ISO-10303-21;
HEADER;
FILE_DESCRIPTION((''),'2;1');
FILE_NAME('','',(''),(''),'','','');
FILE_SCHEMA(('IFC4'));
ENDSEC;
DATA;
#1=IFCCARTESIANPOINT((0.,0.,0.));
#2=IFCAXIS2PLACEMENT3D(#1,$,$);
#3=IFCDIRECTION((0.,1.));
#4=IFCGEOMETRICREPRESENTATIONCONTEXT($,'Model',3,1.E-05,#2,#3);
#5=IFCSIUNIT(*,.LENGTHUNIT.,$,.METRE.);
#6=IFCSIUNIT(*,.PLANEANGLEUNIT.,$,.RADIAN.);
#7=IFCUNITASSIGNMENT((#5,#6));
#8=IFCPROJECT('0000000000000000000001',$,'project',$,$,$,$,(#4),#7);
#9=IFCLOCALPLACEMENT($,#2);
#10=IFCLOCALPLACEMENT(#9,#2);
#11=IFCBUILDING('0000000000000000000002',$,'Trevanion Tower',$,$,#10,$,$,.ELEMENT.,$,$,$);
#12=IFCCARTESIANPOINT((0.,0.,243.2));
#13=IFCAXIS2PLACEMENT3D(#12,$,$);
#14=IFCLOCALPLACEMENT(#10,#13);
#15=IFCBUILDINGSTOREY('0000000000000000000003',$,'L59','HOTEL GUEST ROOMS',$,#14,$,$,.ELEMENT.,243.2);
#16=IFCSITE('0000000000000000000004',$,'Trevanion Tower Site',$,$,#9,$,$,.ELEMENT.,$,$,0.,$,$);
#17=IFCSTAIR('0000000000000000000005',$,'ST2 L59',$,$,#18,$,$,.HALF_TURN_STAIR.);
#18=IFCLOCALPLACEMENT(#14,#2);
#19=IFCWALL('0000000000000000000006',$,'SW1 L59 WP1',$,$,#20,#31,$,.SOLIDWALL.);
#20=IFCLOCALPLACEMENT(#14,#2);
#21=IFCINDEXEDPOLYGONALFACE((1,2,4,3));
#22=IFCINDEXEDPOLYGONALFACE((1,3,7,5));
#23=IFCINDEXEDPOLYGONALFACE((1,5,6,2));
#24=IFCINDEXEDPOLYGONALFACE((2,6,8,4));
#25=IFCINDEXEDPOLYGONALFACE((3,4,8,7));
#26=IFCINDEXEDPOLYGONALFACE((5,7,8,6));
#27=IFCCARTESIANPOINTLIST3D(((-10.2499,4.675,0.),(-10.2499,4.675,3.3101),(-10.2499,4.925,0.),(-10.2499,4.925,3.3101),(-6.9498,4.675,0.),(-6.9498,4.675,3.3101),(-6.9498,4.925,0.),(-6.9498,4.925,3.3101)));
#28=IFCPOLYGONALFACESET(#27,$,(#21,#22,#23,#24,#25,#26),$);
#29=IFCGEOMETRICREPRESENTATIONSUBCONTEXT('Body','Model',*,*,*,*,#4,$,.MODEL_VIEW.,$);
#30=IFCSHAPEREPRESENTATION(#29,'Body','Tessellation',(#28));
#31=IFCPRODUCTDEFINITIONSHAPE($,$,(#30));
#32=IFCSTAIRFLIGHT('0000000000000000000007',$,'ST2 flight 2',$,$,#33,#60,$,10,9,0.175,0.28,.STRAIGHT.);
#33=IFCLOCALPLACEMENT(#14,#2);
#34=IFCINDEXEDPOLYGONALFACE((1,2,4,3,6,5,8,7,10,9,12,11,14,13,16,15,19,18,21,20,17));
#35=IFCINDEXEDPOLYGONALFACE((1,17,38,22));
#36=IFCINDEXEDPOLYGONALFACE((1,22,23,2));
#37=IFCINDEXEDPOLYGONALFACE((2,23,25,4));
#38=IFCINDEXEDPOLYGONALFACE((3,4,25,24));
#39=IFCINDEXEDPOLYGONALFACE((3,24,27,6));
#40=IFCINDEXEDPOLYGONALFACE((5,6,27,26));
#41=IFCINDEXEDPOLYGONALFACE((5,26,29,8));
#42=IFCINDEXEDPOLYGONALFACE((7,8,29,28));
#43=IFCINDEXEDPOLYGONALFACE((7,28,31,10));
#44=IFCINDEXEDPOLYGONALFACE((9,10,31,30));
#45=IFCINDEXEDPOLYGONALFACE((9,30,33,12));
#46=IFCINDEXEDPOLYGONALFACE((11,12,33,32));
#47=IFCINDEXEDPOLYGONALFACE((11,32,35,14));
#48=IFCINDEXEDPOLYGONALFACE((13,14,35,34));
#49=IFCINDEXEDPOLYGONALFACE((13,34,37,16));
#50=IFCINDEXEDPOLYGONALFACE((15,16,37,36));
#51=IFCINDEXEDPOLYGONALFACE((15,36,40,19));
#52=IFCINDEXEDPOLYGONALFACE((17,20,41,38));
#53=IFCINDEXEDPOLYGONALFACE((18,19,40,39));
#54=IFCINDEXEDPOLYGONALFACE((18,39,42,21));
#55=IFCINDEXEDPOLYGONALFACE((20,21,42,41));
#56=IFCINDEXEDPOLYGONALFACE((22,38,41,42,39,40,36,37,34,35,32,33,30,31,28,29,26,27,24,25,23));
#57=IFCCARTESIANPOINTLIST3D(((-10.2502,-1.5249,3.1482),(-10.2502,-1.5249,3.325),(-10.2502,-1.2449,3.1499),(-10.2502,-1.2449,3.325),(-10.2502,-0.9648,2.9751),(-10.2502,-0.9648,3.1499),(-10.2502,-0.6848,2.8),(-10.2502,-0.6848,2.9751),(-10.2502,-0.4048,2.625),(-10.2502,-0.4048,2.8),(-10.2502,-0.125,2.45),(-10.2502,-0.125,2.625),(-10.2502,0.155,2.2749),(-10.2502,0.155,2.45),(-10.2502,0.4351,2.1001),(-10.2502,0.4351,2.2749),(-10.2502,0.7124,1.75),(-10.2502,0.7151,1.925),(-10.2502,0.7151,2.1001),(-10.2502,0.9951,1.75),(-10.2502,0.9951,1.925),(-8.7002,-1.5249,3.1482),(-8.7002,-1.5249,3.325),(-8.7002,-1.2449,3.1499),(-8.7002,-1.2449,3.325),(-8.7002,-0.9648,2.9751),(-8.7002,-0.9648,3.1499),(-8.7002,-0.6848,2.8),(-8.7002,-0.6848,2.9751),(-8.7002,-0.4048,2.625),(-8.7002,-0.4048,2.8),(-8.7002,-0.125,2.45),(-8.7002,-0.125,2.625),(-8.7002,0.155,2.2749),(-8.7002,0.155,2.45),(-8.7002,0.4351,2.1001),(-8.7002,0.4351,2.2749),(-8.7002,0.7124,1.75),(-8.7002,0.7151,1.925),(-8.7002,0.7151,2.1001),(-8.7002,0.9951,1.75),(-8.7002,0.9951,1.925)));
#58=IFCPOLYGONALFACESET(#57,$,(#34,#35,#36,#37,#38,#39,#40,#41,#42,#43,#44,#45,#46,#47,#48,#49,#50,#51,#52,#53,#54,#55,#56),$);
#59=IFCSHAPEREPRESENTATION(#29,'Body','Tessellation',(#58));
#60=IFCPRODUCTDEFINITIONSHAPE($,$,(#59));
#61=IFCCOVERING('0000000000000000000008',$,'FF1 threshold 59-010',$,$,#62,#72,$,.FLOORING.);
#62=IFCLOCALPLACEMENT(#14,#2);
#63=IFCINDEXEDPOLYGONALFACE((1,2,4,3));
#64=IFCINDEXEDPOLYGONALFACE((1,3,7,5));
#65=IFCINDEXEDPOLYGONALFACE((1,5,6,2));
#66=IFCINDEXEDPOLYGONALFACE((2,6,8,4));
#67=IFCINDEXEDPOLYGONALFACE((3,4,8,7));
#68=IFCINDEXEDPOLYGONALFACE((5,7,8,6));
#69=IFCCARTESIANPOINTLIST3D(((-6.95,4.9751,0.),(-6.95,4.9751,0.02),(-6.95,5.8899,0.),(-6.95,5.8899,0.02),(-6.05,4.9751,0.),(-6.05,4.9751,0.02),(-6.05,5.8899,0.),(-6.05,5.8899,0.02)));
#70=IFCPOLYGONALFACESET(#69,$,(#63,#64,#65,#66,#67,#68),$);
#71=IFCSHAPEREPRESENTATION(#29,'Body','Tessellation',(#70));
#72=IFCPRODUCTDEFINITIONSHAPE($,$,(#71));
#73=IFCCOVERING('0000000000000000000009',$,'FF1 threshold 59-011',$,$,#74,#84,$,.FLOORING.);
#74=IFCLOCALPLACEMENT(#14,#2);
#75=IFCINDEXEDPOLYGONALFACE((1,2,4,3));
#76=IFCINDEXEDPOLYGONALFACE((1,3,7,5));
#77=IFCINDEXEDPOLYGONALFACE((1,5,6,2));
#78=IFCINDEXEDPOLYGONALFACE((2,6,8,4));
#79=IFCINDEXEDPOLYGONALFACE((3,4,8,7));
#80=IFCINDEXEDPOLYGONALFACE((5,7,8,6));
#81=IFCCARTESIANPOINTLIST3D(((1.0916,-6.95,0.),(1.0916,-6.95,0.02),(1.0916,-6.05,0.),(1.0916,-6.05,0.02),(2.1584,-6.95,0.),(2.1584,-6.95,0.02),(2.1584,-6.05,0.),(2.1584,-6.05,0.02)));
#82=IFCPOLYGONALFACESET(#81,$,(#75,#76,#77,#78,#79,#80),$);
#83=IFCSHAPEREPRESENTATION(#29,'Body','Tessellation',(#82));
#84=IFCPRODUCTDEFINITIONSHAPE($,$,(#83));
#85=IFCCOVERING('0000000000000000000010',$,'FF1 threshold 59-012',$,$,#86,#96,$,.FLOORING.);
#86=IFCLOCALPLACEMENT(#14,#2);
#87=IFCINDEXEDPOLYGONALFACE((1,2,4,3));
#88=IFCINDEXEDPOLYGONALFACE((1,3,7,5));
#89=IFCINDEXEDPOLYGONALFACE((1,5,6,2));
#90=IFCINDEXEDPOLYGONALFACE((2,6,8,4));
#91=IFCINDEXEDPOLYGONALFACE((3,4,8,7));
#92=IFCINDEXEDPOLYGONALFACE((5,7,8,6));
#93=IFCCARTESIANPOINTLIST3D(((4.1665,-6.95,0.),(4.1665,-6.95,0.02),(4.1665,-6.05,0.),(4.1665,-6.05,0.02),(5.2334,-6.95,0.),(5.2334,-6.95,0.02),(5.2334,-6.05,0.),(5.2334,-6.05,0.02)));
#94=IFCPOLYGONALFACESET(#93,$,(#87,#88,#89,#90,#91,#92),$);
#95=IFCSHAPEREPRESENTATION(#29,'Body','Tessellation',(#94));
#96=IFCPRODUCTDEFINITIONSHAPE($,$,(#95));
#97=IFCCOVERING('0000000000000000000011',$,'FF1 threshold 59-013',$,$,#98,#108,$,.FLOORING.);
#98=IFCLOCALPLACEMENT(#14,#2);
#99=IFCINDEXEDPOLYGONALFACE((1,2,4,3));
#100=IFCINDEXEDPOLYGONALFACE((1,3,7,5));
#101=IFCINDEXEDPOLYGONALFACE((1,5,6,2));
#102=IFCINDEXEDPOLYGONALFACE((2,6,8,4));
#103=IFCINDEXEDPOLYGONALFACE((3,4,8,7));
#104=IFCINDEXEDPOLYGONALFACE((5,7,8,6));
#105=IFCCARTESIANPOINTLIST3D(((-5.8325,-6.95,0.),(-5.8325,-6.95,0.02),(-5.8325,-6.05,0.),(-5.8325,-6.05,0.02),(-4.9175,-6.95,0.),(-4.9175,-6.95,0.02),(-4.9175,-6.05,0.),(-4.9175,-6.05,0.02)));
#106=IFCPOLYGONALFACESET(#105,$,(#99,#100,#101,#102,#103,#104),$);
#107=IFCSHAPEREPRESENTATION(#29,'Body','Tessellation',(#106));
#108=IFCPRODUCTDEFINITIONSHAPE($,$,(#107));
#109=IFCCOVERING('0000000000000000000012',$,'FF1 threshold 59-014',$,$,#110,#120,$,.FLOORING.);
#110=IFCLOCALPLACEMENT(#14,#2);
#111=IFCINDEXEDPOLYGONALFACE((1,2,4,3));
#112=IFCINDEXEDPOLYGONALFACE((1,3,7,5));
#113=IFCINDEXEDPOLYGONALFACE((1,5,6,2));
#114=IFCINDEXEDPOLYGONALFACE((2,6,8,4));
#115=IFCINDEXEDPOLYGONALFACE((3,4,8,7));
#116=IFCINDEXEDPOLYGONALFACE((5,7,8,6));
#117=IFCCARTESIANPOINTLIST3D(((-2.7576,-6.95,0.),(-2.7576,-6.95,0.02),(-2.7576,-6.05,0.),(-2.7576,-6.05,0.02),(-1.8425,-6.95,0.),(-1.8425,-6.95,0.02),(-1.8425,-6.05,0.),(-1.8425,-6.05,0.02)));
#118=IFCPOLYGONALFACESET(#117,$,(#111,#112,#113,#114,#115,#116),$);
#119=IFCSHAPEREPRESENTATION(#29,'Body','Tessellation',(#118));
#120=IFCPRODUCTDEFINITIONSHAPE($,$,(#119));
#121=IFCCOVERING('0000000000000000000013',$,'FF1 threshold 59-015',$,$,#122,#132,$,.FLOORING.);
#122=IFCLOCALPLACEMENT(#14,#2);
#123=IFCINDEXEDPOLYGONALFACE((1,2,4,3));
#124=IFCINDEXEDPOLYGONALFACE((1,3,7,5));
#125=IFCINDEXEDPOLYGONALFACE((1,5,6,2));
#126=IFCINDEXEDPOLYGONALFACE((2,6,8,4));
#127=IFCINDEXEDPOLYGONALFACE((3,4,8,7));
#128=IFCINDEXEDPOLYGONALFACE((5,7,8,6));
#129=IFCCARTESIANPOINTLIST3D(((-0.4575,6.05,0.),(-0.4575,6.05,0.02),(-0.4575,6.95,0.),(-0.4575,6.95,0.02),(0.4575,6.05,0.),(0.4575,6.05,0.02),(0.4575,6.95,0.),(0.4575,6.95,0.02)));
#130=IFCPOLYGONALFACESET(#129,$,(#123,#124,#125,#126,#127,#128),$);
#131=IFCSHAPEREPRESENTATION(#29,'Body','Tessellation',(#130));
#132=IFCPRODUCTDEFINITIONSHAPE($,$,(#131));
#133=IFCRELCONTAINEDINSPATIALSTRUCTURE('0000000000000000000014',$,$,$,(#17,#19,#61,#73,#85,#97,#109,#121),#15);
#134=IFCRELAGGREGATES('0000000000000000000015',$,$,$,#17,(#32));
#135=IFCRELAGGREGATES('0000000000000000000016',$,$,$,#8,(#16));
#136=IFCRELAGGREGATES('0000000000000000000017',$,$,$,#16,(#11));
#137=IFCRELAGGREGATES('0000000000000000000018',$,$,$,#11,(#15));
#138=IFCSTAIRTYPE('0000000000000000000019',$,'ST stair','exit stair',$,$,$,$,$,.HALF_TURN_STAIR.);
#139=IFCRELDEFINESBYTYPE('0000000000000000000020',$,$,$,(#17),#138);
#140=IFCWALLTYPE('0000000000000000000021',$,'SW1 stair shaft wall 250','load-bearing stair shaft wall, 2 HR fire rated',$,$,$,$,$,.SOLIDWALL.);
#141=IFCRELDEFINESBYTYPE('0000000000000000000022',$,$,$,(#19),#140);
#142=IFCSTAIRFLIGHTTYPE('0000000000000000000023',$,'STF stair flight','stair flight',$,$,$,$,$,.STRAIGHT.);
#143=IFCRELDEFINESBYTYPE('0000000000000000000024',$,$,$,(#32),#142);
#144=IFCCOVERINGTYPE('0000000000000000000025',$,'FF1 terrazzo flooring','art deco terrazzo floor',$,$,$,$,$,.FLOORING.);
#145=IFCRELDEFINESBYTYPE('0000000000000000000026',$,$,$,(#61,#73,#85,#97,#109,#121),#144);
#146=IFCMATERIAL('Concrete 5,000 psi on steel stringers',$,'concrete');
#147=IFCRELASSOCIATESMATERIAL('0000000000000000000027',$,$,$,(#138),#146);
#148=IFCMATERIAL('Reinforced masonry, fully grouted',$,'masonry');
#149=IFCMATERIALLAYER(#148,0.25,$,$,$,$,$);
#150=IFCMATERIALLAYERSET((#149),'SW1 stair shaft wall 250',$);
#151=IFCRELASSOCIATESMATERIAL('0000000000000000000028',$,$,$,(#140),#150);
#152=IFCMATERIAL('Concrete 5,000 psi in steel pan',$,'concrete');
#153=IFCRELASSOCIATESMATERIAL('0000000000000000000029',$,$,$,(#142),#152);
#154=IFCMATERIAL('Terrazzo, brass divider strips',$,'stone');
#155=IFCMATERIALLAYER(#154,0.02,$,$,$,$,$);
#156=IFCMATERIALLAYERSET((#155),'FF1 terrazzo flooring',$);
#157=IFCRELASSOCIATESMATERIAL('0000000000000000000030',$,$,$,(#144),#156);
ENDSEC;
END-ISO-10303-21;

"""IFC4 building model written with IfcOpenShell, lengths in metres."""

from ifc_helpers import new_model, si_unit, direction, frame, frame_2d, origin, place, context, subcontext, project, spatial, polyline, rectangle, outline, extrude, material, layer, layer_set, type_object, element, aggregate, save


model = new_model("IFC4")

# Units and contexts
model_context = context("Model", 3, precision=1e-05, world=origin(), true_north=direction((0.0, 1.0)))
body_context = subcontext(model_context, "Body", "Model", "MODEL_VIEW")
ifc_project = project(units=[si_unit("LENGTHUNIT", "METRE"), si_unit("PLANEANGLEUNIT", "RADIAN")], contexts=[model_context])

# Site, building, storey
site_placement = place(None, origin())
site = spatial("IfcSite", under=ifc_project, at=site_placement, Name="Trevanion Tower Site", CompositionType="ELEMENT", RefElevation=0.0)
building_placement = place(site_placement, origin())
building = spatial("IfcBuilding", under=site, at=building_placement, Name="Trevanion Tower", CompositionType="ELEMENT")
storey_placement = place(building_placement, frame((0.0, 0.0, 243.2)))
storey = spatial("IfcBuildingStorey", under=building, at=storey_placement, Name="L59", Description="HOTEL GUEST ROOMS", CompositionType="ELEMENT", Elevation=243.2)

# Stair
ifc_material_1 = material(Name="Concrete 5,000 psi on steel stringers", Category="concrete")
stair_type = type_object("IfcStairType", Name="ST stair", Description="exit stair", PredefinedType="HALF_TURN_STAIR", material=ifc_material_1)
stair_1_placement = place(storey_placement, origin())
stair_1 = element("IfcStair", 1, at=stair_1_placement, inside=storey, type_object=stair_type, Name="ST2 L59", PredefinedType="HALF_TURN_STAIR")

# Wall
ifc_material_2 = material(Name="Reinforced masonry, fully grouted", Category="masonry")
ifc_layer_1 = layer(ifc_material_2, 0.25)
ifc_layer_set_1 = layer_set([ifc_layer_1], Name="SW1 stair shaft wall 250")
wall_type_1 = type_object("IfcWallType", Name="SW1 stair shaft wall 250", Description="load-bearing stair shaft wall, 2 HR fire rated", PredefinedType="SOLIDWALL", material=ifc_layer_set_1)
wall_1_placement = place(storey_placement, frame((-6.95, 4.8, 0.0), z_axis=(0.0, 0.0, 1.0), x_axis=(-1.0, 0.0, 0.0)))
element("IfcWall", 2, at=wall_1_placement, inside=storey, type_object=wall_type_1, Name="SW1 L59 WP1", PredefinedType="SOLIDWALL", context=body_context, shape_type="SweptSolid", body=[
    extrude(rectangle(XDim=3.3, YDim=0.25, at=frame_2d((1.6499, 0.0))), origin(), (0.0, 0.0, 1.0), 3.3101),
])

# Stair flight
ifc_material_3 = material(Name="Concrete 5,000 psi in steel pan", Category="concrete")
stair_flight_type = type_object("IfcStairFlightType", Name="STF stair flight", Description="stair flight", PredefinedType="STRAIGHT", material=ifc_material_3)
stair_flight_placement = place(storey_placement, frame((-9.4751, 0.9951, 1.75), z_axis=(0.0, 0.0, 1.0), x_axis=(0.0, -1.0, 0.0)))
stair_flight = element("IfcStairFlight", 3, at=stair_flight_placement, type_object=stair_flight_type, Name="ST2 flight 2", NumberOfRisers=10, NumberOfTreads=9, PredefinedType="STRAIGHT", RiserHeight=0.175, TreadLength=0.28, context=body_context, shape_type="SweptSolid", body=[
    extrude(outline(polyline([(0.0, 0.0), (0.0, 0.175), (0.28, 0.175), (0.28, 0.3501), (0.5601, 0.3501), (0.5601, 0.5249), (0.8401, 0.5249), (0.8401, 0.7), (1.1201, 0.7), (1.1201, 0.875), (1.3999, 0.875), (1.3999, 1.05), (1.6799, 1.05), (1.6799, 1.2251), (1.96, 1.2251), (1.96, 1.3999), (2.24, 1.3999), (2.24, 1.575), (2.52, 1.575), (2.52, 1.75), (2.52, 1.3982), (0.2827, 0.0), (0.0, 0.0)])), frame((0.0, 0.7749, 0.0), z_axis=(0.0, -1.0, 0.0), x_axis=(1.0, 0.0, 0.0)), (0.0, 0.0, 1.0), 1.55),
])
aggregate(stair_1, [stair_flight])

# Coverings
ifc_material_4 = material(Name="Terrazzo, brass divider strips", Category="stone")
ifc_layer_2 = layer(ifc_material_4, 0.02)
ifc_layer_set_2 = layer_set([ifc_layer_2], Name="FF1 terrazzo flooring")
covering_type = type_object("IfcCoveringType", Name="FF1 terrazzo flooring", Description="art deco terrazzo floor", PredefinedType="FLOORING", material=ifc_layer_set_2)
covering_1_placement = place(storey_placement, origin())
element("IfcCovering", 4, at=covering_1_placement, inside=storey, type_object=covering_type, Name="FF1 threshold 59-010", PredefinedType="FLOORING", context=body_context, shape_type="SweptSolid", body=[
    extrude(outline(polyline([(-6.95, 5.8899), (-6.95, 4.9751), (-6.05, 4.9751), (-6.05, 5.8899), (-6.95, 5.8899)])), origin(), (0.0, 0.0, 1.0), 0.02),
])
covering_2_placement = place(storey_placement, origin())
element("IfcCovering", 5, at=covering_2_placement, inside=storey, type_object=covering_type, Name="FF1 threshold 59-011", PredefinedType="FLOORING", context=body_context, shape_type="SweptSolid", body=[
    extrude(outline(polyline([(1.0916, -6.95), (2.1584, -6.95), (2.1584, -6.05), (1.0916, -6.05), (1.0916, -6.95)])), origin(), (0.0, 0.0, 1.0), 0.02),
])
covering_3_placement = place(storey_placement, origin())
element("IfcCovering", 6, at=covering_3_placement, inside=storey, type_object=covering_type, Name="FF1 threshold 59-012", PredefinedType="FLOORING", context=body_context, shape_type="SweptSolid", body=[
    extrude(outline(polyline([(4.1665, -6.95), (5.2334, -6.95), (5.2334, -6.05), (4.1665, -6.05), (4.1665, -6.95)])), origin(), (0.0, 0.0, 1.0), 0.02),
])
covering_4_placement = place(storey_placement, origin())
element("IfcCovering", 7, at=covering_4_placement, inside=storey, type_object=covering_type, Name="FF1 threshold 59-013", PredefinedType="FLOORING", context=body_context, shape_type="SweptSolid", body=[
    extrude(outline(polyline([(-5.8325, -6.95), (-4.9175, -6.95), (-4.9175, -6.05), (-5.8325, -6.05), (-5.8325, -6.95)])), origin(), (0.0, 0.0, 1.0), 0.02),
])
covering_5_placement = place(storey_placement, origin())
element("IfcCovering", 8, at=covering_5_placement, inside=storey, type_object=covering_type, Name="FF1 threshold 59-014", PredefinedType="FLOORING", context=body_context, shape_type="SweptSolid", body=[
    extrude(outline(polyline([(-2.7576, -6.95), (-1.8425, -6.95), (-1.8425, -6.05), (-2.7576, -6.05), (-2.7576, -6.95)])), origin(), (0.0, 0.0, 1.0), 0.02),
])
covering_6_placement = place(storey_placement, origin())
element("IfcCovering", 9, at=covering_6_placement, inside=storey, type_object=covering_type, Name="FF1 threshold 59-015", PredefinedType="FLOORING", context=body_context, shape_type="SweptSolid", body=[
    extrude(outline(polyline([(0.4575, 6.95), (-0.4575, 6.95), (-0.4575, 6.05), (0.4575, 6.05), (0.4575, 6.95)])), origin(), (0.0, 0.0, 1.0), 0.02),
])

save(model, "model.ifc")
